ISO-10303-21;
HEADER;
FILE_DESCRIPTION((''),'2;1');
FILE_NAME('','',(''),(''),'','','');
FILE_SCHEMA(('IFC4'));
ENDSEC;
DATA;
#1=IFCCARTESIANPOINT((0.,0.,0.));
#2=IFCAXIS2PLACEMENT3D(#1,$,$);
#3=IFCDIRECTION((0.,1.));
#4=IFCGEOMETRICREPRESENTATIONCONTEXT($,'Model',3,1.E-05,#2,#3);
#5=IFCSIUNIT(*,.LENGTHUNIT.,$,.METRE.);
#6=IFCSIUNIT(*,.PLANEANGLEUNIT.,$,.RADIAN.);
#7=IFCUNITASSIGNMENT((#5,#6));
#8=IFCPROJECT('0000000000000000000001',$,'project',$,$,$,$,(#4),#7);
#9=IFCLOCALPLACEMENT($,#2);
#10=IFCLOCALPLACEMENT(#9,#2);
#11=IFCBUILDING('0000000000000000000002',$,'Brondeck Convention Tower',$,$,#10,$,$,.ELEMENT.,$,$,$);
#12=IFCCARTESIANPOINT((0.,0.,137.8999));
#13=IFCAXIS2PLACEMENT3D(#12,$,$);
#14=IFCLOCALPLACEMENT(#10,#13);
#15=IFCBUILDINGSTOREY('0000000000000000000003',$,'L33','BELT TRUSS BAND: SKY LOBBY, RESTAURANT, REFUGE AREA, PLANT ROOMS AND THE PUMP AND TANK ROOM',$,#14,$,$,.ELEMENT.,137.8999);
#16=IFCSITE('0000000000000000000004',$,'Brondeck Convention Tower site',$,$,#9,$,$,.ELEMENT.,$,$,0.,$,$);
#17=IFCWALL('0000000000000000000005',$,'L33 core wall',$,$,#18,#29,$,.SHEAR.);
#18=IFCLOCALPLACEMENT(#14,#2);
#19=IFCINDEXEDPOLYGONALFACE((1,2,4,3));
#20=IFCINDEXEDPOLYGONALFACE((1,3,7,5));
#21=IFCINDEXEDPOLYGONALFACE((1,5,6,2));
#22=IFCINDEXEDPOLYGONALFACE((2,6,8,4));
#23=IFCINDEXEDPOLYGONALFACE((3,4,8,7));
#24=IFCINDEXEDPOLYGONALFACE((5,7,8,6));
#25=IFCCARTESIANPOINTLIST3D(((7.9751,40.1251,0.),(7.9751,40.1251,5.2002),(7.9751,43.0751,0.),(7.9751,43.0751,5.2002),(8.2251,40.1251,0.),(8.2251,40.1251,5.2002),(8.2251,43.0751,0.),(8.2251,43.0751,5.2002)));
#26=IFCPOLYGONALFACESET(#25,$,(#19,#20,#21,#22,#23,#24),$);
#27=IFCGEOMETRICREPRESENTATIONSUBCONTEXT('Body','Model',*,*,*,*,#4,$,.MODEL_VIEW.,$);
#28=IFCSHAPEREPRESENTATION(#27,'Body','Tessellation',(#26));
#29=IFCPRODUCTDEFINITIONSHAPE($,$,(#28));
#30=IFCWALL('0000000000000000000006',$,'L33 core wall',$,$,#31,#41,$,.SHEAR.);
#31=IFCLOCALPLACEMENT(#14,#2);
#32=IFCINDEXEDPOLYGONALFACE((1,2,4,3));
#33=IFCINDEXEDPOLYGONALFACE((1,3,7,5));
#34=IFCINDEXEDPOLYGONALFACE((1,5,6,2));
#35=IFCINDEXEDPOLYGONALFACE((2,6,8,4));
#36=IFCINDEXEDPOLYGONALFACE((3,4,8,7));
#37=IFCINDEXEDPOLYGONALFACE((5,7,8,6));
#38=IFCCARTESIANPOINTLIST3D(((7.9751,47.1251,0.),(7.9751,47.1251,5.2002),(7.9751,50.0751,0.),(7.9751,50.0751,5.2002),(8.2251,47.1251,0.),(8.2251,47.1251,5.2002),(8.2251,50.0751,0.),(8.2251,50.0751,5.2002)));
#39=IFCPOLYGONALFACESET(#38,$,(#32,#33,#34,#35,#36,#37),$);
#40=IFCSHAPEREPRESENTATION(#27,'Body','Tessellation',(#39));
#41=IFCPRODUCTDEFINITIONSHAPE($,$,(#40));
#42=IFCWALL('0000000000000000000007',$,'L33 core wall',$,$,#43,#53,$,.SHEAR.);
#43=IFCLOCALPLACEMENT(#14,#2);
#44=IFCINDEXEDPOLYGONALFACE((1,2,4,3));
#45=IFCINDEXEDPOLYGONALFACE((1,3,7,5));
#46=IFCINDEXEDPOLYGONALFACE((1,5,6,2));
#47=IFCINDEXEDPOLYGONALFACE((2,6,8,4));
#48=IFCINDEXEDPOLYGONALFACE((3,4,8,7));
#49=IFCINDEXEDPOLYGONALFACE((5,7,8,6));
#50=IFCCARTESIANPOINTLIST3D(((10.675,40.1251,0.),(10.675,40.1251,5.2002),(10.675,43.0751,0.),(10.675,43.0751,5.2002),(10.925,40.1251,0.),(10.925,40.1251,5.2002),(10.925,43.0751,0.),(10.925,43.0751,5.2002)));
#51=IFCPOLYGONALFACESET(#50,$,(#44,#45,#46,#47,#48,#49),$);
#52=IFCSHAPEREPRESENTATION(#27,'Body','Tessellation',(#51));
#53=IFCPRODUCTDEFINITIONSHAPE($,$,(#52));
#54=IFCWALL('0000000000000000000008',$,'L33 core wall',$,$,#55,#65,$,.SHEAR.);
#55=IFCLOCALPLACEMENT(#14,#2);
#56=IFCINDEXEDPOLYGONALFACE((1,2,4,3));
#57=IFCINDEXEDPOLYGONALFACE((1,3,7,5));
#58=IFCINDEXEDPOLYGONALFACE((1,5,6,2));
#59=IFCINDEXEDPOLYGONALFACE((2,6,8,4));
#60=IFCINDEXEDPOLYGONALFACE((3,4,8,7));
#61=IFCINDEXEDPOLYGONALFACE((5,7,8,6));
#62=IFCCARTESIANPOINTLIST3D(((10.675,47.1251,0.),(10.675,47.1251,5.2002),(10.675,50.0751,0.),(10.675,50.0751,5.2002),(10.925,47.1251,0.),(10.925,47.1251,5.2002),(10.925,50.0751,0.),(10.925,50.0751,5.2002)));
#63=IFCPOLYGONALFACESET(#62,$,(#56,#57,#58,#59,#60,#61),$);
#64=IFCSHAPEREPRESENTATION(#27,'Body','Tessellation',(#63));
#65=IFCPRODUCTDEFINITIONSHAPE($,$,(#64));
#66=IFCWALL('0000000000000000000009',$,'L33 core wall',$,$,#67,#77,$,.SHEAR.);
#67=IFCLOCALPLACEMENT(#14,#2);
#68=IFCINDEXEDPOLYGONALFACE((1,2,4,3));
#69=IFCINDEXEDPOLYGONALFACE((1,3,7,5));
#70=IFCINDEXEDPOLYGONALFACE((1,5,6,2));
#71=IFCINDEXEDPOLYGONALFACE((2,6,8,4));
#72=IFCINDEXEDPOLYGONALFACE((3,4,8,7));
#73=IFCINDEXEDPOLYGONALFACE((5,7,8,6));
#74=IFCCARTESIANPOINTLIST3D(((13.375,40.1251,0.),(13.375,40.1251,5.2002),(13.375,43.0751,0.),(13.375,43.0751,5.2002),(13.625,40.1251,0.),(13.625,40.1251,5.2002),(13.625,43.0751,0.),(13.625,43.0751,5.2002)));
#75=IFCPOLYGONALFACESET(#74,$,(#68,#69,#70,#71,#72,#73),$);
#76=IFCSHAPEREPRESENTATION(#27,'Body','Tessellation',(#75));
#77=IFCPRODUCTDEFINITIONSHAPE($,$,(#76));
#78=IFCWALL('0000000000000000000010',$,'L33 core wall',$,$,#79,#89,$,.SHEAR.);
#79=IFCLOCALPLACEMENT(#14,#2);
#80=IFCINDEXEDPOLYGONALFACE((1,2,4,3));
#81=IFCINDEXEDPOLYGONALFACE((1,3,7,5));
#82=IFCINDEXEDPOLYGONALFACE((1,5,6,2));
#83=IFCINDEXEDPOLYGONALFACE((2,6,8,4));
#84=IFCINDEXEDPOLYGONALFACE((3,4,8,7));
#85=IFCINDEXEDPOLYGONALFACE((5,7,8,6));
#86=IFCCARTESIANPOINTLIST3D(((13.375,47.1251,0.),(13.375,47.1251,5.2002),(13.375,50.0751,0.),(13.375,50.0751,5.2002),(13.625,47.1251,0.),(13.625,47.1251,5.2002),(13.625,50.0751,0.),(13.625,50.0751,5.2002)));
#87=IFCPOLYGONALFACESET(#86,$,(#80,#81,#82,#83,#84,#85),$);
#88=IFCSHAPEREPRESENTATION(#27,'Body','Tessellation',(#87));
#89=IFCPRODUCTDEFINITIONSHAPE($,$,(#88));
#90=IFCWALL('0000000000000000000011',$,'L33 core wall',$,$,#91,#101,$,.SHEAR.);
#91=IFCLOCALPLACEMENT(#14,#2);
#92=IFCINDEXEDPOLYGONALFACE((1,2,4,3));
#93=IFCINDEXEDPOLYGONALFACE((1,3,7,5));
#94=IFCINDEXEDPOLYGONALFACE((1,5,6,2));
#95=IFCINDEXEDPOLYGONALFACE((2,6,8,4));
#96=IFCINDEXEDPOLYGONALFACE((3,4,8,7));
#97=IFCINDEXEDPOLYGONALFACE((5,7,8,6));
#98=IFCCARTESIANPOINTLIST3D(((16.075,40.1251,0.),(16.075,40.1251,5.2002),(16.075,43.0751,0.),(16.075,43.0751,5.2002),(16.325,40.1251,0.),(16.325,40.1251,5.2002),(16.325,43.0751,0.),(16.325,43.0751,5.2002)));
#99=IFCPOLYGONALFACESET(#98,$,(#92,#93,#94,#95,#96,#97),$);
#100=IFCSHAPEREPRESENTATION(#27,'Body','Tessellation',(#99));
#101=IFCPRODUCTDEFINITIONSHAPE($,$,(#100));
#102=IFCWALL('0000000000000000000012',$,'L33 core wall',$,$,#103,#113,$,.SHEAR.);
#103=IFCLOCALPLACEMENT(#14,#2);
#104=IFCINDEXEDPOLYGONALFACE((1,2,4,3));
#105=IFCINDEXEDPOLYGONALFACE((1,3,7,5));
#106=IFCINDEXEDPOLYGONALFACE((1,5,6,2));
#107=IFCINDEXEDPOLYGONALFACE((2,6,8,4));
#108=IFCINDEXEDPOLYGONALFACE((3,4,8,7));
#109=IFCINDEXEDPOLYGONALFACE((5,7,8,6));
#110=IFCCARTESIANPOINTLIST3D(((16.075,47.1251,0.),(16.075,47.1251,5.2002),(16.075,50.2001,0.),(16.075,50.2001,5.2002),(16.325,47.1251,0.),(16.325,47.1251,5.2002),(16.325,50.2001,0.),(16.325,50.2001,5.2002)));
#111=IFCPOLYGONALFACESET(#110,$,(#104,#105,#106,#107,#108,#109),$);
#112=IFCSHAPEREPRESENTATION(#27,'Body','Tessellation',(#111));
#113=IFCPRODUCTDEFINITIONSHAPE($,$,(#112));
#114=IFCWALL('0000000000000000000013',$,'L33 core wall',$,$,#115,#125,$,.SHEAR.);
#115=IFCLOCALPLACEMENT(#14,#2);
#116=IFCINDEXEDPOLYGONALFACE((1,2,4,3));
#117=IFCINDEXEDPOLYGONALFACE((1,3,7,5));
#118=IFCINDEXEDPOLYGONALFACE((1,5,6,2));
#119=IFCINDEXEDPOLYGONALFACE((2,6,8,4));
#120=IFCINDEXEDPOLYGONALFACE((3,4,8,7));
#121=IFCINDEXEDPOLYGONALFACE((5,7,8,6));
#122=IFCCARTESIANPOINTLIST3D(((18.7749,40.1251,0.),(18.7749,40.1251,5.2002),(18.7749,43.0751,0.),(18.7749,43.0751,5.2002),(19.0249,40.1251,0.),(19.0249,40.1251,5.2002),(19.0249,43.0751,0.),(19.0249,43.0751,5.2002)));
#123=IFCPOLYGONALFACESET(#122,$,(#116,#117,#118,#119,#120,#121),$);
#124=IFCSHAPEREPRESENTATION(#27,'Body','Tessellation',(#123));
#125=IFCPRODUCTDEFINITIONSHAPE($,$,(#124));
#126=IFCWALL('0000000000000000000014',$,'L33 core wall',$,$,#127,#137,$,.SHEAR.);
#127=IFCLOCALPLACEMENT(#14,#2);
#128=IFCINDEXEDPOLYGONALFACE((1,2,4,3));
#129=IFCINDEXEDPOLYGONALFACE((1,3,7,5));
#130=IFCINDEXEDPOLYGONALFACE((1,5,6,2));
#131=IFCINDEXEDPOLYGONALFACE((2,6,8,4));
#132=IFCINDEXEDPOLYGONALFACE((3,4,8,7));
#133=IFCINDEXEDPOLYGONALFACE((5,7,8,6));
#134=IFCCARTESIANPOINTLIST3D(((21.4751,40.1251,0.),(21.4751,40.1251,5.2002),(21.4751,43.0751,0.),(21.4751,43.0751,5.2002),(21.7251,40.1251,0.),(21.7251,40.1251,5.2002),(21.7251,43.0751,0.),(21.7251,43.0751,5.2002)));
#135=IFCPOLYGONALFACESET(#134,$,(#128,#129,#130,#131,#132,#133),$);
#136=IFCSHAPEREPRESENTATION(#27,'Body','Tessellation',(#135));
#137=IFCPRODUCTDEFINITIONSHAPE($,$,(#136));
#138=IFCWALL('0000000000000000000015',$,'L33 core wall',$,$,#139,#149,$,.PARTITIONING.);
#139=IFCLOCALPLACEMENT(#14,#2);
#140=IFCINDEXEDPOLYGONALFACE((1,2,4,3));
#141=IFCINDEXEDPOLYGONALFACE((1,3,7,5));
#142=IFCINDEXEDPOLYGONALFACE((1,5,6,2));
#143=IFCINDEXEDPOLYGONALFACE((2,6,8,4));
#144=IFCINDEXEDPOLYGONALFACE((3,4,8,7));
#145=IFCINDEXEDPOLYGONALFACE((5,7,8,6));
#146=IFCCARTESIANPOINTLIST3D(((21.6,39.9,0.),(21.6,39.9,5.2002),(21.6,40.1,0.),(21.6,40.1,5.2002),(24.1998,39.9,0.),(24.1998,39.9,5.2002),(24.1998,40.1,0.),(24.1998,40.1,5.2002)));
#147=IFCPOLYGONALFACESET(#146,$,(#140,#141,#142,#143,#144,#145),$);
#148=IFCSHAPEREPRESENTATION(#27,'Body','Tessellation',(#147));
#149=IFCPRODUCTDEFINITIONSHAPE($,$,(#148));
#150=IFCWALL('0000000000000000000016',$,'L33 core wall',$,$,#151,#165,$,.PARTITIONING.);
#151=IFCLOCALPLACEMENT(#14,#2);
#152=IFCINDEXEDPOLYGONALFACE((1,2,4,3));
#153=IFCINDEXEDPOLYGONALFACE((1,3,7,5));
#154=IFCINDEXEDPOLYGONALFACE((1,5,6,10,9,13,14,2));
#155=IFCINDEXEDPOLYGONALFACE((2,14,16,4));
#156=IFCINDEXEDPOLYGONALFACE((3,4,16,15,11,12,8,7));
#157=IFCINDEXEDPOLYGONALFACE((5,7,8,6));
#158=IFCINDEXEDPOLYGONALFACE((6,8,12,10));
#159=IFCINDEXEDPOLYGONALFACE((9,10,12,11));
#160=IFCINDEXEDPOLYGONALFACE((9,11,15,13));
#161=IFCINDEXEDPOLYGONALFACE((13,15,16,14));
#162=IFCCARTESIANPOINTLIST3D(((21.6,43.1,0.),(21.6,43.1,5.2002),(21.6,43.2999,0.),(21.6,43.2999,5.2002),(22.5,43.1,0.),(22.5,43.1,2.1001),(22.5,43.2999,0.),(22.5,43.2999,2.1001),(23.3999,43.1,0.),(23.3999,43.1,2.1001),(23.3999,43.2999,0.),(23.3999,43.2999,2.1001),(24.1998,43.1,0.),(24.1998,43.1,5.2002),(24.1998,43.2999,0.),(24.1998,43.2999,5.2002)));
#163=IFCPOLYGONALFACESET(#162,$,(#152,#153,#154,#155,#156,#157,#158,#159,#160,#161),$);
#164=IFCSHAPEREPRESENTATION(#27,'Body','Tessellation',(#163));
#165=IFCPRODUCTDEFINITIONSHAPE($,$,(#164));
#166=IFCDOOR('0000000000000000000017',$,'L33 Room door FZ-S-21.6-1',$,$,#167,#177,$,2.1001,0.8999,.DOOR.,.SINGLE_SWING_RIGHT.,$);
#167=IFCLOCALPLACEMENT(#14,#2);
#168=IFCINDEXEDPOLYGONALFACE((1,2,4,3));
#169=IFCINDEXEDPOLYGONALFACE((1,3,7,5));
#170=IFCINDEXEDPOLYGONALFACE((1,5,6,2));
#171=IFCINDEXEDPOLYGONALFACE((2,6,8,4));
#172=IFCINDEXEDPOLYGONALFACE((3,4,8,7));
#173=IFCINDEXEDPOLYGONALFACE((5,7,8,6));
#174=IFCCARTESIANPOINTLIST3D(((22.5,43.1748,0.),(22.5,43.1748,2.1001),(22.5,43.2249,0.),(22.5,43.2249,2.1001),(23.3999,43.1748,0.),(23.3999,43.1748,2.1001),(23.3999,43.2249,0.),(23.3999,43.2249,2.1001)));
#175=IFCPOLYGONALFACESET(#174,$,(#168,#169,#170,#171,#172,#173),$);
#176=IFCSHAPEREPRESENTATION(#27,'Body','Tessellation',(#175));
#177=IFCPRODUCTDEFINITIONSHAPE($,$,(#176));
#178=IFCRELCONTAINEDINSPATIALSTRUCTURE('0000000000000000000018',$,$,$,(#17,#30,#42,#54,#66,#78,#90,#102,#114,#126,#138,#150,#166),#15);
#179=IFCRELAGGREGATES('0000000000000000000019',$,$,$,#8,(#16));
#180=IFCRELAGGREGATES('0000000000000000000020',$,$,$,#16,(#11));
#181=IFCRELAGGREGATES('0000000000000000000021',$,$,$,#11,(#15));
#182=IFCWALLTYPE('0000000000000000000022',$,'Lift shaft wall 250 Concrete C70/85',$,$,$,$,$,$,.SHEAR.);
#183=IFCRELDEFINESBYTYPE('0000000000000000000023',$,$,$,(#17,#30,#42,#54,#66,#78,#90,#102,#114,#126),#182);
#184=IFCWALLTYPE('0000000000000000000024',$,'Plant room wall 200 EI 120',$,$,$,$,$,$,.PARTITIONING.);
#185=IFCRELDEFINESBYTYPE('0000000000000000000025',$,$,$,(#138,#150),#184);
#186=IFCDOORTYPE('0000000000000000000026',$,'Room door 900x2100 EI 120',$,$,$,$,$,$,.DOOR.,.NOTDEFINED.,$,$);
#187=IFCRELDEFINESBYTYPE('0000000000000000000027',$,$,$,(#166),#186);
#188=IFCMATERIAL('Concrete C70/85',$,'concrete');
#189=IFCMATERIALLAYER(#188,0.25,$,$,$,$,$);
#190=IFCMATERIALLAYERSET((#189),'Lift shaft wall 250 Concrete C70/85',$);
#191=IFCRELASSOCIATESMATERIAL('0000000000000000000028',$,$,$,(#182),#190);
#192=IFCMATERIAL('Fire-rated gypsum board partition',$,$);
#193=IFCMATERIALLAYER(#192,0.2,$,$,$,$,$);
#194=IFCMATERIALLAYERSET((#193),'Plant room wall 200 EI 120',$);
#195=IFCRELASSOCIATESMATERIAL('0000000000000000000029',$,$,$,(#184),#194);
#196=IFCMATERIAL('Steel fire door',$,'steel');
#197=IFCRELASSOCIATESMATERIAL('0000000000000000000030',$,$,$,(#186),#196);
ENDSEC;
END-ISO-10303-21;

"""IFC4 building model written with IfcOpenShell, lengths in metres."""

from ifc_helpers import new_model, si_unit, direction, frame, frame_2d, origin, place, context, subcontext, project, spatial, rectangle, extrude, material, layer, layer_set, type_object, element, fill, save


model = new_model("IFC4")

# Units and contexts
model_context = context("Model", 3, precision=1e-05, world=origin(), true_north=direction((0.0, 1.0)))
body_context = subcontext(model_context, "Body", "Model", "MODEL_VIEW")
ifc_project = project(units=[si_unit("LENGTHUNIT", "METRE"), si_unit("PLANEANGLEUNIT", "RADIAN")], contexts=[model_context])

# Site, building, storey
site_placement = place(None, origin())
site = spatial("IfcSite", under=ifc_project, at=site_placement, Name="Brondeck Convention Tower site", CompositionType="ELEMENT", RefElevation=0.0)
building_placement = place(site_placement, origin())
building = spatial("IfcBuilding", under=site, at=building_placement, Name="Brondeck Convention Tower", CompositionType="ELEMENT")
storey_placement = place(building_placement, frame((0.0, 0.0, 137.8999)))
storey = spatial("IfcBuildingStorey", under=building, at=storey_placement, Name="L33", Description="BELT TRUSS BAND: SKY LOBBY, RESTAURANT, REFUGE AREA, PLANT ROOMS AND THE PUMP AND TANK ROOM", CompositionType="ELEMENT", Elevation=137.8999)

# Walls
ifc_material_1 = material(Name="Concrete C70/85", Category="concrete")
ifc_material_2 = material(Name="Fire-rated gypsum board partition")
ifc_layer_1 = layer(ifc_material_1, 0.25)
ifc_layer_set_1 = layer_set([ifc_layer_1], Name="Lift shaft wall 250 Concrete C70/85")
wall_type_1 = type_object("IfcWallType", Name="Lift shaft wall 250 Concrete C70/85", PredefinedType="SHEAR", material=ifc_layer_set_1)
for number, where, z_axis, x_axis, name in (
    (1, (8.1001, 40.125, 0.0), (0.0, 0.0, 1.0), (0.0, 1.0, 0.0), "L33 core wall"),
    (2, (8.1001, 47.125, 0.0), (0.0, 0.0, 1.0), (0.0, 1.0, 0.0), "L33 core wall"),
    (3, (10.8, 40.125, 0.0), (0.0, 0.0, 1.0), (0.0, 1.0, 0.0), "L33 core wall"),
    (4, (10.8, 47.125, 0.0), (0.0, 0.0, 1.0), (0.0, 1.0, 0.0), "L33 core wall"),
    (5, (13.5, 40.125, 0.0), (0.0, 0.0, 1.0), (0.0, 1.0, 0.0), "L33 core wall"),
    (6, (13.5, 47.125, 0.0), (0.0, 0.0, 1.0), (0.0, 1.0, 0.0), "L33 core wall"),
    (7, (16.2, 40.125, 0.0), (0.0, 0.0, 1.0), (0.0, 1.0, 0.0), "L33 core wall"),
):
    element("IfcWall", number, at=place(storey_placement, frame(where, z_axis=z_axis, x_axis=x_axis)), inside=storey, type_object=wall_type_1, Name=name, PredefinedType="SHEAR", context=body_context, shape_type="SweptSolid", body=[
        extrude(rectangle(XDim=2.95, YDim=0.25, at=frame_2d((1.4751, 0.0))), origin(), (0.0, 0.0, 1.0), 5.2002),
    ])
wall_1_placement = place(storey_placement, frame((16.2, 47.125, 0.0), z_axis=(0.0, 0.0, 1.0), x_axis=(0.0, 1.0, 0.0)))
element("IfcWall", 8, at=wall_1_placement, inside=storey, type_object=wall_type_1, Name="L33 core wall", PredefinedType="SHEAR", context=body_context, shape_type="SweptSolid", body=[
    extrude(rectangle(XDim=3.075, YDim=0.25, at=frame_2d((1.5376, 0.0))), origin(), (0.0, 0.0, 1.0), 5.2002),
])
for number, where, z_axis, x_axis, name in (
    (9, (18.8999, 40.125, 0.0), (0.0, 0.0, 1.0), (0.0, 1.0, 0.0), "L33 core wall"),
    (10, (21.6001, 40.125, 0.0), (0.0, 0.0, 1.0), (0.0, 1.0, 0.0), "L33 core wall"),
):
    element("IfcWall", number, at=place(storey_placement, frame(where, z_axis=z_axis, x_axis=x_axis)), inside=storey, type_object=wall_type_1, Name=name, PredefinedType="SHEAR", context=body_context, shape_type="SweptSolid", body=[
        extrude(rectangle(XDim=2.95, YDim=0.25, at=frame_2d((1.4751, 0.0))), origin(), (0.0, 0.0, 1.0), 5.2002),
    ])
ifc_layer_2 = layer(ifc_material_2, 0.2)
ifc_layer_set_2 = layer_set([ifc_layer_2], Name="Plant room wall 200 EI 120")
wall_type_2 = type_object("IfcWallType", Name="Plant room wall 200 EI 120", PredefinedType="PARTITIONING", material=ifc_layer_set_2)
wall_2_placement = place(storey_placement, frame((21.6001, 40.0, 0.0), z_axis=(0.0, 0.0, 1.0), x_axis=(1.0, 0.0, 0.0)))
element("IfcWall", 11, at=wall_2_placement, inside=storey, type_object=wall_type_2, Name="L33 core wall", PredefinedType="PARTITIONING", context=body_context, shape_type="SweptSolid", body=[
    extrude(rectangle(XDim=2.5999, YDim=0.2, at=frame_2d((1.2998, 0.0))), origin(), (0.0, 0.0, 1.0), 5.2002),
])

# Wall, opening, door
wall_3_placement = place(storey_placement, frame((21.6001, 43.2, 0.0), z_axis=(0.0, 0.0, 1.0), x_axis=(1.0, 0.0, 0.0)))
wall_3 = element("IfcWall", 12, at=wall_3_placement, inside=storey, type_object=wall_type_2, Name="L33 core wall", PredefinedType="PARTITIONING", context=body_context, shape_type="SweptSolid", body=[
    extrude(rectangle(XDim=2.5999, YDim=0.2, at=frame_2d((1.2998, 0.0))), origin(), (0.0, 0.0, 1.0), 5.2002),
])
opening_1_placement = place(wall_3_placement, frame((0.8999, 0.0, 0.0)))
opening_1 = element("IfcOpeningElement", 13, at=opening_1_placement, cuts=wall_3, PredefinedType="OPENING", context=body_context, shape_type="SweptSolid", body=[
    extrude(rectangle(XDim=0.8999, YDim=2.1001, at=frame_2d((0.45, 1.05))), frame((0.0, 0.1099, 0.0), z_axis=(0.0, -1.0, 0.0), x_axis=(1.0, 0.0, 0.0)), (0.0, 0.0, 1.0), 0.22),
])
ifc_material_3 = material(Name="Steel fire door", Category="steel")
door_type_1 = type_object("IfcDoorType", Name="Room door 900x2100 EI 120", OperationType="NOTDEFINED", PredefinedType="DOOR", material=ifc_material_3)
door_1_placement = place(opening_1_placement, origin())
door_1 = element("IfcDoor", 14, at=door_1_placement, inside=storey, type_object=door_type_1, Name="L33 Room door FZ-S-21.6-1", OperationType="SINGLE_SWING_RIGHT", OverallHeight=2.1001, OverallWidth=0.8999, PredefinedType="DOOR", context=body_context, shape_type="SweptSolid", body=[
    extrude(rectangle(XDim=0.8999, YDim=2.1001, at=frame_2d((0.45, 1.05))), frame((0.0, 0.0249, 0.0), z_axis=(0.0, -1.0, 0.0), x_axis=(1.0, 0.0, 0.0)), (0.0, 0.0, 1.0), 0.05),
])
fill(opening_1, door_1)

save(model, "model.ifc")
